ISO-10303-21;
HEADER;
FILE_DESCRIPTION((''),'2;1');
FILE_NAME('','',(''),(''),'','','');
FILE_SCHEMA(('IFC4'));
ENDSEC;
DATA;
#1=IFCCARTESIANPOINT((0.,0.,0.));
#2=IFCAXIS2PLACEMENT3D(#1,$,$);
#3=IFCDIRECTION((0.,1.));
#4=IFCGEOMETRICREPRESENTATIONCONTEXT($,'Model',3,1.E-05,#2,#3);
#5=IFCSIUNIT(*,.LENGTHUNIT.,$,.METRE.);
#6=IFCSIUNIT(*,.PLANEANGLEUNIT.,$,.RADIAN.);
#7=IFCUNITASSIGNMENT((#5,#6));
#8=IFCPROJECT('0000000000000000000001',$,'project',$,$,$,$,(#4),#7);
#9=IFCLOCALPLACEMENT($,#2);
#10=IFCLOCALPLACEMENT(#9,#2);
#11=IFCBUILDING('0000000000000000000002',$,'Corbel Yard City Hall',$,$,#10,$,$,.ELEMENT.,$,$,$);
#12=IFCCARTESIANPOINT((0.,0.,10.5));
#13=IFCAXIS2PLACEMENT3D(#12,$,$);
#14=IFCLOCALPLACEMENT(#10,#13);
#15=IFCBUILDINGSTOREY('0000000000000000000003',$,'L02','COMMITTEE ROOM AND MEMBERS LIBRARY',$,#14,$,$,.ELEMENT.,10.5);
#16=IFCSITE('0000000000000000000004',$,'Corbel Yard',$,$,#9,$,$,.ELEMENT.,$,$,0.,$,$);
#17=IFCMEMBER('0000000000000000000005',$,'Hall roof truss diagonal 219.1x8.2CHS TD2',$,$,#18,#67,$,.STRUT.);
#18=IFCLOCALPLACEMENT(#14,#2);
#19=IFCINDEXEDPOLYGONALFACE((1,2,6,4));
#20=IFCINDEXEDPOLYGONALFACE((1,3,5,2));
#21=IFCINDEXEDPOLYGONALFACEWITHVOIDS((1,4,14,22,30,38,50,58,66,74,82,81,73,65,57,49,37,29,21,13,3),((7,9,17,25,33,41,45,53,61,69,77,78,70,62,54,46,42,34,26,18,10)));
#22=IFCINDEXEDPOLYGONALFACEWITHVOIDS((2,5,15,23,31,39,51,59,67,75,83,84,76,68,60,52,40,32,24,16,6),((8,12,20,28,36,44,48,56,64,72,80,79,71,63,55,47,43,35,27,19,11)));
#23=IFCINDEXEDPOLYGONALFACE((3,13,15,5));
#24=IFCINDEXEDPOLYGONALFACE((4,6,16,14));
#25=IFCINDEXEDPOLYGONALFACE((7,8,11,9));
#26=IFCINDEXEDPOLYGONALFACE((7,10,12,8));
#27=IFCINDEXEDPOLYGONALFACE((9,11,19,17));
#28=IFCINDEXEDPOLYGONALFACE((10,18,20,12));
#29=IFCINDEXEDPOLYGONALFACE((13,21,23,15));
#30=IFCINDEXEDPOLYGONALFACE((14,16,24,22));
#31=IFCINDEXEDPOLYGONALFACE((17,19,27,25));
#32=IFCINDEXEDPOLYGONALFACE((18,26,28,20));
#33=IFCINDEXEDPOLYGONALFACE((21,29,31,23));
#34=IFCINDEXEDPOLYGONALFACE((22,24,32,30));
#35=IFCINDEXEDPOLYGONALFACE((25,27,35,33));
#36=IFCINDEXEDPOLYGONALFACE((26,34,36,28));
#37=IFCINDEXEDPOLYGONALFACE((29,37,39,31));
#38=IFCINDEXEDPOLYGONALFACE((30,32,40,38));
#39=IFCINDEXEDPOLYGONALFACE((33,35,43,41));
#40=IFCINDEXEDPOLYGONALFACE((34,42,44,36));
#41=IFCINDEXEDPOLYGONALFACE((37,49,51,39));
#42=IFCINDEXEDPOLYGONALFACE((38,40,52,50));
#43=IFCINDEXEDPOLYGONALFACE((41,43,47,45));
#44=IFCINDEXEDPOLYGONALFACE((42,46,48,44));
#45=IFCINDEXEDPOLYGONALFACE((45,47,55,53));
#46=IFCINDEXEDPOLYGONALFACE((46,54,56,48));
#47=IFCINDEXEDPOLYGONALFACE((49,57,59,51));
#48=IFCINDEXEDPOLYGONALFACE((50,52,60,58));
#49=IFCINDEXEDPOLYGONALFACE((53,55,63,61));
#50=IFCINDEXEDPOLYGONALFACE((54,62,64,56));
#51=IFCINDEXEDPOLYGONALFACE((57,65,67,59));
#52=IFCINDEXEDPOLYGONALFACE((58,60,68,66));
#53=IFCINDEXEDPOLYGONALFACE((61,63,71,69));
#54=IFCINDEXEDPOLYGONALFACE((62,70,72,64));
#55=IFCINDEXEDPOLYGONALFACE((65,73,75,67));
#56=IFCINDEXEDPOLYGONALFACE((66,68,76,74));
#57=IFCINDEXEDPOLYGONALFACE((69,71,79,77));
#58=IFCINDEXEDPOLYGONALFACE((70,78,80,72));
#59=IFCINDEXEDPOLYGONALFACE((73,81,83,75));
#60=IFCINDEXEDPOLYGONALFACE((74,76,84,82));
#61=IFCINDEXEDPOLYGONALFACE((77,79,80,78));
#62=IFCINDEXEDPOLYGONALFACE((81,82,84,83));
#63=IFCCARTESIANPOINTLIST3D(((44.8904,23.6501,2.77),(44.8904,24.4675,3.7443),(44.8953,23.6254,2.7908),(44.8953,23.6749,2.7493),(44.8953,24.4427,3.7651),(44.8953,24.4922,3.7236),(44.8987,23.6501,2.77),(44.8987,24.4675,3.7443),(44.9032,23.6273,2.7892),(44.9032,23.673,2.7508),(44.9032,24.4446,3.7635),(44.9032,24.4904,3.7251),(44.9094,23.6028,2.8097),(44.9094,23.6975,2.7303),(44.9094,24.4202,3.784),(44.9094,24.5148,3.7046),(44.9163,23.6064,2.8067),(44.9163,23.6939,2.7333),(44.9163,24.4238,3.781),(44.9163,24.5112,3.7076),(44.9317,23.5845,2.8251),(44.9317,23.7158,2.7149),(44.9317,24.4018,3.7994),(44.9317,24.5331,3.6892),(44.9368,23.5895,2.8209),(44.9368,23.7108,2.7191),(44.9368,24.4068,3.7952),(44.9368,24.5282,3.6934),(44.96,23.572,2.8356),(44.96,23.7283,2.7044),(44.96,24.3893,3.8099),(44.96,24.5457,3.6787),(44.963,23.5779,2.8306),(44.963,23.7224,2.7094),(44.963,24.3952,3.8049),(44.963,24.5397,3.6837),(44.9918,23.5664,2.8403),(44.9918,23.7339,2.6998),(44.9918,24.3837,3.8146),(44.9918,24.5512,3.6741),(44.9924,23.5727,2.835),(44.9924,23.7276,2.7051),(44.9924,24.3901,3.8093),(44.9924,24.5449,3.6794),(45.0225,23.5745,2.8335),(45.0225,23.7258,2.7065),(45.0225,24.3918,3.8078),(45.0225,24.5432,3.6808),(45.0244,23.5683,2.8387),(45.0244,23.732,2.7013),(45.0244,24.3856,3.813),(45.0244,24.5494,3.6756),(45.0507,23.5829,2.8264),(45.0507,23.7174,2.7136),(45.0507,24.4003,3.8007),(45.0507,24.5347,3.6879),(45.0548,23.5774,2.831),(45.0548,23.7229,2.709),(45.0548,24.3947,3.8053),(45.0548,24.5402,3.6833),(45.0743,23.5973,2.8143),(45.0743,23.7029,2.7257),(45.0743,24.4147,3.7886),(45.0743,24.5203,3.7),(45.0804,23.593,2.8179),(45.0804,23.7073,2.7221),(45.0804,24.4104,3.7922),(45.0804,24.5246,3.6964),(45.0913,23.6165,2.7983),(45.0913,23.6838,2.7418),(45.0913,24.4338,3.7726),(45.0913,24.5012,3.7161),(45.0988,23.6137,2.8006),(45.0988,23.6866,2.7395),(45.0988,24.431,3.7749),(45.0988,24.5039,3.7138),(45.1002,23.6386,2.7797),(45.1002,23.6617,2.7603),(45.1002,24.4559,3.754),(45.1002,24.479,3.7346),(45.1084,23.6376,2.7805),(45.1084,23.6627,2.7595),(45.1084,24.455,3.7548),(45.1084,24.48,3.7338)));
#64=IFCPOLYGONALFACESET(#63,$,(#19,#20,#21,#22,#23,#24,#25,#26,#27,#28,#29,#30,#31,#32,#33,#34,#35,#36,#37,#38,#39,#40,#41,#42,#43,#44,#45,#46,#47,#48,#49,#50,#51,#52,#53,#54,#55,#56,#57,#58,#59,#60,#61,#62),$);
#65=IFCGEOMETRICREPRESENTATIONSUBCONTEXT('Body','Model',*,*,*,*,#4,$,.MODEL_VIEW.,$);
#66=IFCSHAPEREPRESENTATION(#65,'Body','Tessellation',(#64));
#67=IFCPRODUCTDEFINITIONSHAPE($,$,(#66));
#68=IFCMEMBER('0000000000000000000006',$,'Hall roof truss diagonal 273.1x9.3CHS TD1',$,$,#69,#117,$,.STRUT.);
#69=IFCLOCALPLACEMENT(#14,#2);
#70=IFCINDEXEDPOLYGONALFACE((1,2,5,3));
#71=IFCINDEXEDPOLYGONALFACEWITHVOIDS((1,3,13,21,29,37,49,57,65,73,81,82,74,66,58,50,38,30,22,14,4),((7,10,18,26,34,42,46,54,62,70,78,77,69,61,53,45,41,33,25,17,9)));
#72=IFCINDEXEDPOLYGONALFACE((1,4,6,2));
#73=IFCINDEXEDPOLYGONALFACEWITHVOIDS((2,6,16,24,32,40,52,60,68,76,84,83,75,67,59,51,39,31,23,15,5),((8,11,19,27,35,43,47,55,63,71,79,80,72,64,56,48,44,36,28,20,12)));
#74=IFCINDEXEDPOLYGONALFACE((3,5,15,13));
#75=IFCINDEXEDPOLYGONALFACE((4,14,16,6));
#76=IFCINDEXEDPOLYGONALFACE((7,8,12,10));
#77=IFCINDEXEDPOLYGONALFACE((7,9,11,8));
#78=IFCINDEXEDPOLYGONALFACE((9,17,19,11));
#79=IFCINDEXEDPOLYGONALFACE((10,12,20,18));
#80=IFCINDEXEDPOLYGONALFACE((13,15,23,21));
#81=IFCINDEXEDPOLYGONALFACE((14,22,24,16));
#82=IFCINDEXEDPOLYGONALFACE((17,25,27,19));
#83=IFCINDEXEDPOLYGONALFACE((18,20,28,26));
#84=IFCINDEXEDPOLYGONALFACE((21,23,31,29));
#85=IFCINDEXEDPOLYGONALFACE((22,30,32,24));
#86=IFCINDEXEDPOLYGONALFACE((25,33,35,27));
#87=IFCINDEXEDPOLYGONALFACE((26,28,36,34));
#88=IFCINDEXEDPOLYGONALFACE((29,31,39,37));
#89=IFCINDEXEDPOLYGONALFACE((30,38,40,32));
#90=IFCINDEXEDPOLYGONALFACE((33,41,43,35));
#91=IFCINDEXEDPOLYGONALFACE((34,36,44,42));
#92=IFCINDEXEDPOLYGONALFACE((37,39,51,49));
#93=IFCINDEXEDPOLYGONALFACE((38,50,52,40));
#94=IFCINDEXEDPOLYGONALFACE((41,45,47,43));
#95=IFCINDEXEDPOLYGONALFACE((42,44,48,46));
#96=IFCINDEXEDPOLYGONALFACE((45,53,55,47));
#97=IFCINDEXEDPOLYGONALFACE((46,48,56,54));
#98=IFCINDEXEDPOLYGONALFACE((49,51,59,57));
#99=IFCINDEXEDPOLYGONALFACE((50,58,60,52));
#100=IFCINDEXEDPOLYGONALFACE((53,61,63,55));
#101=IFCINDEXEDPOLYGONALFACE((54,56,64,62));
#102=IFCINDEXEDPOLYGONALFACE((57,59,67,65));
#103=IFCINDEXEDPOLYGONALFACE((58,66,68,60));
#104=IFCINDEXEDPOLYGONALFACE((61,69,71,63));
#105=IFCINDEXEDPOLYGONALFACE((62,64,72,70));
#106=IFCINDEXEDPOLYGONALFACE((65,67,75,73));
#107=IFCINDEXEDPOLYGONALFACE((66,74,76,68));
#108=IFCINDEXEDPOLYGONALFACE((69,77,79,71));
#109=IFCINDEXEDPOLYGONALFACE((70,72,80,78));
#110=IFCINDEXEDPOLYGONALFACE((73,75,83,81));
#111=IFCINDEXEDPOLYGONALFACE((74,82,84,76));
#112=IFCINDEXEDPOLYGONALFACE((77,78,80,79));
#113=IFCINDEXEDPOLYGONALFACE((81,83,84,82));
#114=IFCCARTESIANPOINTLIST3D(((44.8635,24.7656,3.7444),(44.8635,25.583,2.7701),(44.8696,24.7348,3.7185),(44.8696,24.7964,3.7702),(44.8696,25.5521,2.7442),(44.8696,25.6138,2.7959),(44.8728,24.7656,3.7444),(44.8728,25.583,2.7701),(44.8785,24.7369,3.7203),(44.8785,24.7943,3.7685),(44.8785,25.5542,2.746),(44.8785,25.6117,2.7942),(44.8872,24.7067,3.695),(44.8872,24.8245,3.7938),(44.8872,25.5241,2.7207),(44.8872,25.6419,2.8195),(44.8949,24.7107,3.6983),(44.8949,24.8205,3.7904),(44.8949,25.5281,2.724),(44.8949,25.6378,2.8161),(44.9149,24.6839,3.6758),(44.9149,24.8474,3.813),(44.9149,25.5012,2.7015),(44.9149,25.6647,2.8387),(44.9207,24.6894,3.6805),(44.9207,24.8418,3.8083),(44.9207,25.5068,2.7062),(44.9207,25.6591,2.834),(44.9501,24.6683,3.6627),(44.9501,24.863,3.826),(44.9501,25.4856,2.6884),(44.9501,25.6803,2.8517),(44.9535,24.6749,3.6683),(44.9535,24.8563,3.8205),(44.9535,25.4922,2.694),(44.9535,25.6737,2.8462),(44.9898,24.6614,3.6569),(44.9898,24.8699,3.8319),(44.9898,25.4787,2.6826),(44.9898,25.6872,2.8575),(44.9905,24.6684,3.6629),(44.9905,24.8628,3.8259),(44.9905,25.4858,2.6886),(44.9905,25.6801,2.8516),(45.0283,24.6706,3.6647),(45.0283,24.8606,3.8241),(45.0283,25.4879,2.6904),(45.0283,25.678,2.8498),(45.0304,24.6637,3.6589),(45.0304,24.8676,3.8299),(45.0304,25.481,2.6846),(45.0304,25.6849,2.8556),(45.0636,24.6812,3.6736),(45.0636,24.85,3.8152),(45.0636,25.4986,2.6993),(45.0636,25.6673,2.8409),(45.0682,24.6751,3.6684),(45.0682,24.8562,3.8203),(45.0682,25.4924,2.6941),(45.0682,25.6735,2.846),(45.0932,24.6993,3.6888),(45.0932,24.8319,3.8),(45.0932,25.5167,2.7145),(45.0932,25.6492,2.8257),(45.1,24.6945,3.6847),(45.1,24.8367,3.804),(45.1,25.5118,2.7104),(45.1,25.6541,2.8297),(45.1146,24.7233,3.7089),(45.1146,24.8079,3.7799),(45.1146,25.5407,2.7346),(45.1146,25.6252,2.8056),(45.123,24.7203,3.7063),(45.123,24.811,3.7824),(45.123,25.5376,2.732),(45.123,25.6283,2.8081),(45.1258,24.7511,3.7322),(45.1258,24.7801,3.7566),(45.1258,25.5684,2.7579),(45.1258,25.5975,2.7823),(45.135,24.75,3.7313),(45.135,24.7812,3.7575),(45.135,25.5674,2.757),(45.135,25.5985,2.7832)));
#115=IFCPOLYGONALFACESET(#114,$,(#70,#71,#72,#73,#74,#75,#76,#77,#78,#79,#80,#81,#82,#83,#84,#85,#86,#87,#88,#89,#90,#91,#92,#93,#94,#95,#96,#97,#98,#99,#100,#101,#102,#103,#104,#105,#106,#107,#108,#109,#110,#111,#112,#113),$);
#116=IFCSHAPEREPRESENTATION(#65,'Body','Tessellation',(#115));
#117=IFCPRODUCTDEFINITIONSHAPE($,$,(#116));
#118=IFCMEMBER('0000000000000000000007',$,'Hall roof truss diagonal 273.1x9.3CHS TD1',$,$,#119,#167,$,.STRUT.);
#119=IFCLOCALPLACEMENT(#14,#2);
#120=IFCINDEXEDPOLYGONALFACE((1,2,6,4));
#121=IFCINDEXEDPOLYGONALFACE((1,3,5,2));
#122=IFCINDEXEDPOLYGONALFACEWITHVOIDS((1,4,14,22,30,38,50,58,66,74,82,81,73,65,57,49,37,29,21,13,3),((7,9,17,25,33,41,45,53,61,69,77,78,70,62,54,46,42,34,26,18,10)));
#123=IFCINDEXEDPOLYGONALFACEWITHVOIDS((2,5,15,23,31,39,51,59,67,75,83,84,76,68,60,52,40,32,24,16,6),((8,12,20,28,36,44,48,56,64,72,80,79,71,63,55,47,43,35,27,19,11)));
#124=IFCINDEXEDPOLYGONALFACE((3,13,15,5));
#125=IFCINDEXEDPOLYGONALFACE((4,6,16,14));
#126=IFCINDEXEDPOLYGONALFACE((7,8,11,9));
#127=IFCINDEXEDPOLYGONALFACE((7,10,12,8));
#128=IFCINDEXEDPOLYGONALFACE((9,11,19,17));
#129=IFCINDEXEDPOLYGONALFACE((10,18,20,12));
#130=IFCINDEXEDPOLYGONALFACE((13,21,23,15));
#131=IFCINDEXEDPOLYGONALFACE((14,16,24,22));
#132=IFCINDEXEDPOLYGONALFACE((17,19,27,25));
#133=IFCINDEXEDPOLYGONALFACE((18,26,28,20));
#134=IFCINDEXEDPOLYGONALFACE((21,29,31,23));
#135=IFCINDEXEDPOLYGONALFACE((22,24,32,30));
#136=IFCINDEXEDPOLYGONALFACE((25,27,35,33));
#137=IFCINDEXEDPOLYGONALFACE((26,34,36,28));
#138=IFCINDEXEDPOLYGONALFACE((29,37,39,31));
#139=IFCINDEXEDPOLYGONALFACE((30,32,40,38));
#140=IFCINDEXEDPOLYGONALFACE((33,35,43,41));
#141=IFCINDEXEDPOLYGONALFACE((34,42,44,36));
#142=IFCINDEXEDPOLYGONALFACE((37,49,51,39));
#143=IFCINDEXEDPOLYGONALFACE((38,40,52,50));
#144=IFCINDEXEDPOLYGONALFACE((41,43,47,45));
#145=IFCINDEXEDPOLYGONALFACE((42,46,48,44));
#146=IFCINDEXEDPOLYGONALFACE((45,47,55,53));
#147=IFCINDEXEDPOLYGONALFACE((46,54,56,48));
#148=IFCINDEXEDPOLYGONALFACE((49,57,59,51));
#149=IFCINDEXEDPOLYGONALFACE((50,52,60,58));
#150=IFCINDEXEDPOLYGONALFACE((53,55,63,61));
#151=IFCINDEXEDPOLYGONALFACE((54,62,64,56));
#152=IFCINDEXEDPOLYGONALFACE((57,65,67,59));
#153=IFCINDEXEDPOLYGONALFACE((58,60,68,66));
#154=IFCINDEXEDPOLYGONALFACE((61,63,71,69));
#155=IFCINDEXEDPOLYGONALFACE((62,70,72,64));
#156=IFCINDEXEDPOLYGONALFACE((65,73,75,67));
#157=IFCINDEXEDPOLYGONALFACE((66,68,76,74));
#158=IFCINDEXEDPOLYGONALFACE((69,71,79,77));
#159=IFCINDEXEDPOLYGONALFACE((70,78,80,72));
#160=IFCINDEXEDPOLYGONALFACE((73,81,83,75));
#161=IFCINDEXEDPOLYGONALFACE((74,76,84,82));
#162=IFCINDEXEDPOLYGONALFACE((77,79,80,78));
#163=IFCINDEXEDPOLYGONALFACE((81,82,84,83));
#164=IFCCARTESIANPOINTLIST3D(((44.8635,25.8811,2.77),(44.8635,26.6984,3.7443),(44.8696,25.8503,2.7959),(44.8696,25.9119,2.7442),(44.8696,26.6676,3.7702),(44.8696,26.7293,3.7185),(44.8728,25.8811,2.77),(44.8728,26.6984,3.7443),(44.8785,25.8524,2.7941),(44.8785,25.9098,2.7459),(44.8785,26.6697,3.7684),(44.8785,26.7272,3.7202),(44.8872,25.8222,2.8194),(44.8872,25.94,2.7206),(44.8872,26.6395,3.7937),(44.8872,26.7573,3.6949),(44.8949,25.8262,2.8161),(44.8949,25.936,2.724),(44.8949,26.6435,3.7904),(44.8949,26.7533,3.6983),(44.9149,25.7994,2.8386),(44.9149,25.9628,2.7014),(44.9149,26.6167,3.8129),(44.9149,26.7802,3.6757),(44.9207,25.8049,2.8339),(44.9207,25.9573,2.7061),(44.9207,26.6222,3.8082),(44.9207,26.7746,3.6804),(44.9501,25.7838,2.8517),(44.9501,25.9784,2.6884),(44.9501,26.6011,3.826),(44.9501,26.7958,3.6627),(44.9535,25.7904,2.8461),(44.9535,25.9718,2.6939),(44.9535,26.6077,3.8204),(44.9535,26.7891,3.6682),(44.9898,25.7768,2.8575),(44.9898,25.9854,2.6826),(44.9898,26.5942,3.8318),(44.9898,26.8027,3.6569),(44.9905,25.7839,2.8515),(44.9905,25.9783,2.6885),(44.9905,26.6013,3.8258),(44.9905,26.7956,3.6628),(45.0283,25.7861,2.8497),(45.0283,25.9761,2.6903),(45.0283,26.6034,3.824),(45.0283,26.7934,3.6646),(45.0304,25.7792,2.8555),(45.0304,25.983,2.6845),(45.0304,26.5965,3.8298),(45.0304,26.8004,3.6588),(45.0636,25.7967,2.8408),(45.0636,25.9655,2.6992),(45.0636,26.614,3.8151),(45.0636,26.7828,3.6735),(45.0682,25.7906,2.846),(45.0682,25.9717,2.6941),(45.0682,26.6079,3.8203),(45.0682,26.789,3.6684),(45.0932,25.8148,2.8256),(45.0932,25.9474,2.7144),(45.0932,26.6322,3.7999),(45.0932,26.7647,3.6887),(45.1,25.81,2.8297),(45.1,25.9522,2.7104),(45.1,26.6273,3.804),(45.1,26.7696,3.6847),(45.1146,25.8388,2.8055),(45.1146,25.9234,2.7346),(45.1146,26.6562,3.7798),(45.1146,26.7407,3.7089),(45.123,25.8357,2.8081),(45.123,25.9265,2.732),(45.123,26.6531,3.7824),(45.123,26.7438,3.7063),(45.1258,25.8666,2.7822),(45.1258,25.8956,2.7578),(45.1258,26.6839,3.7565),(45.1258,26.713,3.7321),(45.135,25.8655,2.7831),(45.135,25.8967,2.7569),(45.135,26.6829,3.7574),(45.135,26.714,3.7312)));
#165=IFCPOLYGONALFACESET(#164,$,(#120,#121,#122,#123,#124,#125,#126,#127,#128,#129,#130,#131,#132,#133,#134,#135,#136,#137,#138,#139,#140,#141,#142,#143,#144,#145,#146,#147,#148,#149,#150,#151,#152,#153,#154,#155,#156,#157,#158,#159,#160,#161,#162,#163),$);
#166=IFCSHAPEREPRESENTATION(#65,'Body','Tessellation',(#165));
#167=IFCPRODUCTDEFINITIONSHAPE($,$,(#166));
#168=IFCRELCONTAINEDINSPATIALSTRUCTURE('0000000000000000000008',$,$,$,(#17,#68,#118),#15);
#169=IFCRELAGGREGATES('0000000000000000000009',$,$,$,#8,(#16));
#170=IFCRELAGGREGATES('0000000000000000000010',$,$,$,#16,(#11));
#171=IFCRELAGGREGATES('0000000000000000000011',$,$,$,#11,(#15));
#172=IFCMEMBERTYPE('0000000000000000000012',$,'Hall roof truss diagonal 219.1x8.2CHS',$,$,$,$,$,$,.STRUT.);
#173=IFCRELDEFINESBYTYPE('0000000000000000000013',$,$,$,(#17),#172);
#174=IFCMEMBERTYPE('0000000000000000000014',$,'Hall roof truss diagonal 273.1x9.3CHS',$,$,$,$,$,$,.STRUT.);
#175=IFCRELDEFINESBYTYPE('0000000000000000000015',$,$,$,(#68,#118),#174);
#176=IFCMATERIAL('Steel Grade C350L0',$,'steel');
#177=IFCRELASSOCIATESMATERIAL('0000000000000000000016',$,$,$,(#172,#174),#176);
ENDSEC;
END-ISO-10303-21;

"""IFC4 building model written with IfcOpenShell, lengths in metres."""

from ifc_helpers import new_model, si_unit, direction, frame, origin, origin_2d, place, context, subcontext, project, spatial, hollow_circle, extrude, material, material_profile, profile_set, type_object, element, save


model = new_model("IFC4")

# Units and contexts
model_context = context("Model", 3, precision=1e-05, world=origin(), true_north=direction((0.0, 1.0)))
body_context = subcontext(model_context, "Body", "Model", "MODEL_VIEW")
ifc_project = project(units=[si_unit("LENGTHUNIT", "METRE"), si_unit("PLANEANGLEUNIT", "RADIAN")], contexts=[model_context])

# Site, building, storey
site_placement = place(None, origin())
site = spatial("IfcSite", under=ifc_project, at=site_placement, Name="Corbel Yard", CompositionType="ELEMENT", RefElevation=0.0)
building_placement = place(site_placement, origin())
building = spatial("IfcBuilding", under=site, at=building_placement, Name="Corbel Yard City Hall", CompositionType="ELEMENT")
storey_placement = place(building_placement, frame((0.0, 0.0, 10.5)))
storey = spatial("IfcBuildingStorey", under=building, at=storey_placement, Name="L02", Description="COMMITTEE ROOM AND MEMBERS LIBRARY", CompositionType="ELEMENT", Elevation=10.5)

# Members
ifc_material_1 = material(Name="Steel Grade C350L0", Category="steel")
ifc_material_profile_1 = material_profile(ifc_material_1, hollow_circle(Radius=0.1096, WallThickness=0.0083, at=origin_2d()), Name="219.1x8.2CHS")
ifc_profile_set_1 = profile_set([ifc_material_profile_1], Name="Steel Grade C350L0")
member_type_1 = type_object("IfcMemberType", Name="Hall roof truss diagonal 219.1x8.2CHS", PredefinedType="STRUT", material=ifc_profile_set_1)
for number, where, z_axis, x_axis, name in (
    (1, (45.0, 23.6501, 2.77), (0.0, 0.642692, 0.766124), (-1.0, 0.0, 0.0), "Hall roof truss diagonal 219.1x8.2CHS TD2"),
):
    element("IfcMember", number, at=place(storey_placement, frame(where, z_axis=z_axis, x_axis=x_axis)), inside=storey, type_object=member_type_1, Name=name, PredefinedType="STRUT", context=body_context, shape_type="SweptSolid", body=[
        extrude(hollow_circle(Radius=0.1096, WallThickness=0.0083, at=origin_2d()), origin(), (0.0, 0.0, 1.0), 1.2717),
    ])
ifc_material_profile_2 = material_profile(ifc_material_1, hollow_circle(Radius=0.1365, WallThickness=0.0093, at=origin_2d()), Name="273.1x9.3CHS")
ifc_profile_set_2 = profile_set([ifc_material_profile_2], Name="Steel Grade C350L0")
member_type_2 = type_object("IfcMemberType", Name="Hall roof truss diagonal 273.1x9.3CHS", PredefinedType="STRUT", material=ifc_profile_set_2)
for number, where, z_axis, x_axis, name in (
    (2, (45.0, 24.7656, 3.7444), (0.0, 0.642692, -0.766124), (-1.0, 0.0, 0.0), "Hall roof truss diagonal 273.1x9.3CHS TD1"),
    (3, (45.0, 25.8811, 2.77), (0.0, 0.642692, 0.766124), (-1.0, 0.0, 0.0), "Hall roof truss diagonal 273.1x9.3CHS TD1"),
):
    element("IfcMember", number, at=place(storey_placement, frame(where, z_axis=z_axis, x_axis=x_axis)), inside=storey, type_object=member_type_2, Name=name, PredefinedType="STRUT", context=body_context, shape_type="SweptSolid", body=[
        extrude(hollow_circle(Radius=0.1365, WallThickness=0.0093, at=origin_2d()), origin(), (0.0, 0.0, 1.0), 1.2717),
    ])

save(model, "model.ifc")
